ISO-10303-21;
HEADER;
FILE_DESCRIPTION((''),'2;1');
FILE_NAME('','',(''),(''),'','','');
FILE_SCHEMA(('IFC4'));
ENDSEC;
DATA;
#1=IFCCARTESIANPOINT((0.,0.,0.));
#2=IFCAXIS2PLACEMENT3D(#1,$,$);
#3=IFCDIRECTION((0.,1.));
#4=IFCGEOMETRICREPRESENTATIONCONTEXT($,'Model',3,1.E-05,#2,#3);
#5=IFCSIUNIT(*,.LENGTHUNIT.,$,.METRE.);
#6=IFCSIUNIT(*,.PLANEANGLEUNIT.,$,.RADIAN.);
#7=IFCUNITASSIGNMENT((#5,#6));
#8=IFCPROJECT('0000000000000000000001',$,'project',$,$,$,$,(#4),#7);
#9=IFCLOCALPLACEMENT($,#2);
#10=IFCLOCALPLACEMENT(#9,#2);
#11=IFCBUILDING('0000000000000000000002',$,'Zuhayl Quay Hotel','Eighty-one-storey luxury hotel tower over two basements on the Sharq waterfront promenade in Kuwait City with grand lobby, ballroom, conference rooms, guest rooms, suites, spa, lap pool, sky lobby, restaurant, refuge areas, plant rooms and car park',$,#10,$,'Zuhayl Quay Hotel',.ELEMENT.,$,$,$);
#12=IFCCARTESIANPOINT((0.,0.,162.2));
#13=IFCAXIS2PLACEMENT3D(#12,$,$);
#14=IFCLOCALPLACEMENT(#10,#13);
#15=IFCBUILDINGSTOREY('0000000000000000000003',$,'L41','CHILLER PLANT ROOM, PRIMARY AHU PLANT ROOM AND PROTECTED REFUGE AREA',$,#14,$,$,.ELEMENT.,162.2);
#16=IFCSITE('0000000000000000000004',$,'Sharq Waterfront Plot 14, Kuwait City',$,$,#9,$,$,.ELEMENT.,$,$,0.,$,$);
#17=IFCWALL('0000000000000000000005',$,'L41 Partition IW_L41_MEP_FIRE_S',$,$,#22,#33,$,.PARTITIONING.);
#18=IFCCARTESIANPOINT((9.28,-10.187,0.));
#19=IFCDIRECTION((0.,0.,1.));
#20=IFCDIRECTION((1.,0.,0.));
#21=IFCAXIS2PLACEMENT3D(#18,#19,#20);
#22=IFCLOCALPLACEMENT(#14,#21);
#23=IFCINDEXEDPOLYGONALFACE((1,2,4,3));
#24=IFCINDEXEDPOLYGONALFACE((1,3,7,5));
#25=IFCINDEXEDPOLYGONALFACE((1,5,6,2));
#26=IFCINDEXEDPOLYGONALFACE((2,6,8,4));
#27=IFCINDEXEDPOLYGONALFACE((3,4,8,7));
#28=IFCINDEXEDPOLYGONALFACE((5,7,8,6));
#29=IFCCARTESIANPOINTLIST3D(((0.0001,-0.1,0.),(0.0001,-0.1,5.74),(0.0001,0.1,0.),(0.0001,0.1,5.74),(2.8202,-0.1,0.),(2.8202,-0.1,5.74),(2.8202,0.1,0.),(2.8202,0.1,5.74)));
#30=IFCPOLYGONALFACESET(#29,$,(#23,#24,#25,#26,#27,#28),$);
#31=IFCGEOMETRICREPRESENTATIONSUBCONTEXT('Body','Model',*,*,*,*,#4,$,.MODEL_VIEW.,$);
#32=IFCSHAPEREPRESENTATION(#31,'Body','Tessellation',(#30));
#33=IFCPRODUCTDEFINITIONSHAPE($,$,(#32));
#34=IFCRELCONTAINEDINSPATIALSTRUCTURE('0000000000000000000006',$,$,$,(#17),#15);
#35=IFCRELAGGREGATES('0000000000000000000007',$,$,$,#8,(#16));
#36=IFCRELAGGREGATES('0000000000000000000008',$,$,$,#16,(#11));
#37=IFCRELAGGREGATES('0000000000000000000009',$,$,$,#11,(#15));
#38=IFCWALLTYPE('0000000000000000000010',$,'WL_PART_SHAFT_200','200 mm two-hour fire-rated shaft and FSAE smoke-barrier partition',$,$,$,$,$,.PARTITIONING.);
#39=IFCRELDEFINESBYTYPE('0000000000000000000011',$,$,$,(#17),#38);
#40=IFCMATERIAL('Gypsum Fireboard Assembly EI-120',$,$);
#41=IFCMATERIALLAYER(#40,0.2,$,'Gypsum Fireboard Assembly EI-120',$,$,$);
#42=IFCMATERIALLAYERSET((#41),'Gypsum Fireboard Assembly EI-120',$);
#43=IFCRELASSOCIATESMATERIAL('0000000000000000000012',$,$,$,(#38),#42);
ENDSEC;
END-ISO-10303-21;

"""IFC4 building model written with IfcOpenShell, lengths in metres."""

from ifc_helpers import new_model, si_unit, direction, frame, frame_2d, origin, place, context, subcontext, project, spatial, rectangle, extrude, material, layer, layer_set, type_object, element, save


model = new_model("IFC4")

# Units and contexts
model_context = context("Model", 3, precision=1e-05, world=origin(), true_north=direction((0.0, 1.0)))
body_context = subcontext(model_context, "Body", "Model", "MODEL_VIEW")
ifc_project = project(units=[si_unit("LENGTHUNIT", "METRE"), si_unit("PLANEANGLEUNIT", "RADIAN")], contexts=[model_context])

# Site, building, storey
site_placement = place(None, origin())
site = spatial("IfcSite", under=ifc_project, at=site_placement, Name="Sharq Waterfront Plot 14, Kuwait City", CompositionType="ELEMENT", RefElevation=0.0)
building_placement = place(site_placement, origin())
building = spatial("IfcBuilding", under=site, at=building_placement, Name="Zuhayl Quay Hotel", Description="Eighty-one-storey luxury hotel tower over two basements on the Sharq waterfront promenade in Kuwait City with grand lobby, ballroom, conference rooms, guest rooms, suites, spa, lap pool, sky lobby, restaurant, refuge areas, plant rooms and car park", LongName="Zuhayl Quay Hotel", CompositionType="ELEMENT")
storey_placement = place(building_placement, frame((0.0, 0.0, 162.2)))
storey = spatial("IfcBuildingStorey", under=building, at=storey_placement, Name="L41", Description="CHILLER PLANT ROOM, PRIMARY AHU PLANT ROOM AND PROTECTED REFUGE AREA", CompositionType="ELEMENT", Elevation=162.2)

# Shared definitions
ifc_material_1 = material(Name="Gypsum Fireboard Assembly EI-120")
ifc_layer_1 = layer(ifc_material_1, 0.2, Name="Gypsum Fireboard Assembly EI-120")
ifc_layer_set_1 = layer_set([ifc_layer_1], Name="Gypsum Fireboard Assembly EI-120")
wall_type = type_object("IfcWallType", Name="WL_PART_SHAFT_200", Description="200 mm two-hour fire-rated shaft and FSAE smoke-barrier partition", PredefinedType="PARTITIONING", material=ifc_layer_set_1)

# Wall
wall_1_placement = place(storey_placement, frame((9.28, -10.187, 0.0), z_axis=(0.0, 0.0, 1.0), x_axis=(1.0, 0.0, 0.0)))
element("IfcWall", 1, at=wall_1_placement, inside=storey, type_object=wall_type, Name="L41 Partition IW_L41_MEP_FIRE_S", PredefinedType="PARTITIONING", context=body_context, shape_type="SweptSolid", body=[
    extrude(rectangle(XDim=2.8201, YDim=0.2, at=frame_2d((1.4102, 0.0))), origin(), (0.0, 0.0, 1.0), 5.74),
])

save(model, "model.ifc")
